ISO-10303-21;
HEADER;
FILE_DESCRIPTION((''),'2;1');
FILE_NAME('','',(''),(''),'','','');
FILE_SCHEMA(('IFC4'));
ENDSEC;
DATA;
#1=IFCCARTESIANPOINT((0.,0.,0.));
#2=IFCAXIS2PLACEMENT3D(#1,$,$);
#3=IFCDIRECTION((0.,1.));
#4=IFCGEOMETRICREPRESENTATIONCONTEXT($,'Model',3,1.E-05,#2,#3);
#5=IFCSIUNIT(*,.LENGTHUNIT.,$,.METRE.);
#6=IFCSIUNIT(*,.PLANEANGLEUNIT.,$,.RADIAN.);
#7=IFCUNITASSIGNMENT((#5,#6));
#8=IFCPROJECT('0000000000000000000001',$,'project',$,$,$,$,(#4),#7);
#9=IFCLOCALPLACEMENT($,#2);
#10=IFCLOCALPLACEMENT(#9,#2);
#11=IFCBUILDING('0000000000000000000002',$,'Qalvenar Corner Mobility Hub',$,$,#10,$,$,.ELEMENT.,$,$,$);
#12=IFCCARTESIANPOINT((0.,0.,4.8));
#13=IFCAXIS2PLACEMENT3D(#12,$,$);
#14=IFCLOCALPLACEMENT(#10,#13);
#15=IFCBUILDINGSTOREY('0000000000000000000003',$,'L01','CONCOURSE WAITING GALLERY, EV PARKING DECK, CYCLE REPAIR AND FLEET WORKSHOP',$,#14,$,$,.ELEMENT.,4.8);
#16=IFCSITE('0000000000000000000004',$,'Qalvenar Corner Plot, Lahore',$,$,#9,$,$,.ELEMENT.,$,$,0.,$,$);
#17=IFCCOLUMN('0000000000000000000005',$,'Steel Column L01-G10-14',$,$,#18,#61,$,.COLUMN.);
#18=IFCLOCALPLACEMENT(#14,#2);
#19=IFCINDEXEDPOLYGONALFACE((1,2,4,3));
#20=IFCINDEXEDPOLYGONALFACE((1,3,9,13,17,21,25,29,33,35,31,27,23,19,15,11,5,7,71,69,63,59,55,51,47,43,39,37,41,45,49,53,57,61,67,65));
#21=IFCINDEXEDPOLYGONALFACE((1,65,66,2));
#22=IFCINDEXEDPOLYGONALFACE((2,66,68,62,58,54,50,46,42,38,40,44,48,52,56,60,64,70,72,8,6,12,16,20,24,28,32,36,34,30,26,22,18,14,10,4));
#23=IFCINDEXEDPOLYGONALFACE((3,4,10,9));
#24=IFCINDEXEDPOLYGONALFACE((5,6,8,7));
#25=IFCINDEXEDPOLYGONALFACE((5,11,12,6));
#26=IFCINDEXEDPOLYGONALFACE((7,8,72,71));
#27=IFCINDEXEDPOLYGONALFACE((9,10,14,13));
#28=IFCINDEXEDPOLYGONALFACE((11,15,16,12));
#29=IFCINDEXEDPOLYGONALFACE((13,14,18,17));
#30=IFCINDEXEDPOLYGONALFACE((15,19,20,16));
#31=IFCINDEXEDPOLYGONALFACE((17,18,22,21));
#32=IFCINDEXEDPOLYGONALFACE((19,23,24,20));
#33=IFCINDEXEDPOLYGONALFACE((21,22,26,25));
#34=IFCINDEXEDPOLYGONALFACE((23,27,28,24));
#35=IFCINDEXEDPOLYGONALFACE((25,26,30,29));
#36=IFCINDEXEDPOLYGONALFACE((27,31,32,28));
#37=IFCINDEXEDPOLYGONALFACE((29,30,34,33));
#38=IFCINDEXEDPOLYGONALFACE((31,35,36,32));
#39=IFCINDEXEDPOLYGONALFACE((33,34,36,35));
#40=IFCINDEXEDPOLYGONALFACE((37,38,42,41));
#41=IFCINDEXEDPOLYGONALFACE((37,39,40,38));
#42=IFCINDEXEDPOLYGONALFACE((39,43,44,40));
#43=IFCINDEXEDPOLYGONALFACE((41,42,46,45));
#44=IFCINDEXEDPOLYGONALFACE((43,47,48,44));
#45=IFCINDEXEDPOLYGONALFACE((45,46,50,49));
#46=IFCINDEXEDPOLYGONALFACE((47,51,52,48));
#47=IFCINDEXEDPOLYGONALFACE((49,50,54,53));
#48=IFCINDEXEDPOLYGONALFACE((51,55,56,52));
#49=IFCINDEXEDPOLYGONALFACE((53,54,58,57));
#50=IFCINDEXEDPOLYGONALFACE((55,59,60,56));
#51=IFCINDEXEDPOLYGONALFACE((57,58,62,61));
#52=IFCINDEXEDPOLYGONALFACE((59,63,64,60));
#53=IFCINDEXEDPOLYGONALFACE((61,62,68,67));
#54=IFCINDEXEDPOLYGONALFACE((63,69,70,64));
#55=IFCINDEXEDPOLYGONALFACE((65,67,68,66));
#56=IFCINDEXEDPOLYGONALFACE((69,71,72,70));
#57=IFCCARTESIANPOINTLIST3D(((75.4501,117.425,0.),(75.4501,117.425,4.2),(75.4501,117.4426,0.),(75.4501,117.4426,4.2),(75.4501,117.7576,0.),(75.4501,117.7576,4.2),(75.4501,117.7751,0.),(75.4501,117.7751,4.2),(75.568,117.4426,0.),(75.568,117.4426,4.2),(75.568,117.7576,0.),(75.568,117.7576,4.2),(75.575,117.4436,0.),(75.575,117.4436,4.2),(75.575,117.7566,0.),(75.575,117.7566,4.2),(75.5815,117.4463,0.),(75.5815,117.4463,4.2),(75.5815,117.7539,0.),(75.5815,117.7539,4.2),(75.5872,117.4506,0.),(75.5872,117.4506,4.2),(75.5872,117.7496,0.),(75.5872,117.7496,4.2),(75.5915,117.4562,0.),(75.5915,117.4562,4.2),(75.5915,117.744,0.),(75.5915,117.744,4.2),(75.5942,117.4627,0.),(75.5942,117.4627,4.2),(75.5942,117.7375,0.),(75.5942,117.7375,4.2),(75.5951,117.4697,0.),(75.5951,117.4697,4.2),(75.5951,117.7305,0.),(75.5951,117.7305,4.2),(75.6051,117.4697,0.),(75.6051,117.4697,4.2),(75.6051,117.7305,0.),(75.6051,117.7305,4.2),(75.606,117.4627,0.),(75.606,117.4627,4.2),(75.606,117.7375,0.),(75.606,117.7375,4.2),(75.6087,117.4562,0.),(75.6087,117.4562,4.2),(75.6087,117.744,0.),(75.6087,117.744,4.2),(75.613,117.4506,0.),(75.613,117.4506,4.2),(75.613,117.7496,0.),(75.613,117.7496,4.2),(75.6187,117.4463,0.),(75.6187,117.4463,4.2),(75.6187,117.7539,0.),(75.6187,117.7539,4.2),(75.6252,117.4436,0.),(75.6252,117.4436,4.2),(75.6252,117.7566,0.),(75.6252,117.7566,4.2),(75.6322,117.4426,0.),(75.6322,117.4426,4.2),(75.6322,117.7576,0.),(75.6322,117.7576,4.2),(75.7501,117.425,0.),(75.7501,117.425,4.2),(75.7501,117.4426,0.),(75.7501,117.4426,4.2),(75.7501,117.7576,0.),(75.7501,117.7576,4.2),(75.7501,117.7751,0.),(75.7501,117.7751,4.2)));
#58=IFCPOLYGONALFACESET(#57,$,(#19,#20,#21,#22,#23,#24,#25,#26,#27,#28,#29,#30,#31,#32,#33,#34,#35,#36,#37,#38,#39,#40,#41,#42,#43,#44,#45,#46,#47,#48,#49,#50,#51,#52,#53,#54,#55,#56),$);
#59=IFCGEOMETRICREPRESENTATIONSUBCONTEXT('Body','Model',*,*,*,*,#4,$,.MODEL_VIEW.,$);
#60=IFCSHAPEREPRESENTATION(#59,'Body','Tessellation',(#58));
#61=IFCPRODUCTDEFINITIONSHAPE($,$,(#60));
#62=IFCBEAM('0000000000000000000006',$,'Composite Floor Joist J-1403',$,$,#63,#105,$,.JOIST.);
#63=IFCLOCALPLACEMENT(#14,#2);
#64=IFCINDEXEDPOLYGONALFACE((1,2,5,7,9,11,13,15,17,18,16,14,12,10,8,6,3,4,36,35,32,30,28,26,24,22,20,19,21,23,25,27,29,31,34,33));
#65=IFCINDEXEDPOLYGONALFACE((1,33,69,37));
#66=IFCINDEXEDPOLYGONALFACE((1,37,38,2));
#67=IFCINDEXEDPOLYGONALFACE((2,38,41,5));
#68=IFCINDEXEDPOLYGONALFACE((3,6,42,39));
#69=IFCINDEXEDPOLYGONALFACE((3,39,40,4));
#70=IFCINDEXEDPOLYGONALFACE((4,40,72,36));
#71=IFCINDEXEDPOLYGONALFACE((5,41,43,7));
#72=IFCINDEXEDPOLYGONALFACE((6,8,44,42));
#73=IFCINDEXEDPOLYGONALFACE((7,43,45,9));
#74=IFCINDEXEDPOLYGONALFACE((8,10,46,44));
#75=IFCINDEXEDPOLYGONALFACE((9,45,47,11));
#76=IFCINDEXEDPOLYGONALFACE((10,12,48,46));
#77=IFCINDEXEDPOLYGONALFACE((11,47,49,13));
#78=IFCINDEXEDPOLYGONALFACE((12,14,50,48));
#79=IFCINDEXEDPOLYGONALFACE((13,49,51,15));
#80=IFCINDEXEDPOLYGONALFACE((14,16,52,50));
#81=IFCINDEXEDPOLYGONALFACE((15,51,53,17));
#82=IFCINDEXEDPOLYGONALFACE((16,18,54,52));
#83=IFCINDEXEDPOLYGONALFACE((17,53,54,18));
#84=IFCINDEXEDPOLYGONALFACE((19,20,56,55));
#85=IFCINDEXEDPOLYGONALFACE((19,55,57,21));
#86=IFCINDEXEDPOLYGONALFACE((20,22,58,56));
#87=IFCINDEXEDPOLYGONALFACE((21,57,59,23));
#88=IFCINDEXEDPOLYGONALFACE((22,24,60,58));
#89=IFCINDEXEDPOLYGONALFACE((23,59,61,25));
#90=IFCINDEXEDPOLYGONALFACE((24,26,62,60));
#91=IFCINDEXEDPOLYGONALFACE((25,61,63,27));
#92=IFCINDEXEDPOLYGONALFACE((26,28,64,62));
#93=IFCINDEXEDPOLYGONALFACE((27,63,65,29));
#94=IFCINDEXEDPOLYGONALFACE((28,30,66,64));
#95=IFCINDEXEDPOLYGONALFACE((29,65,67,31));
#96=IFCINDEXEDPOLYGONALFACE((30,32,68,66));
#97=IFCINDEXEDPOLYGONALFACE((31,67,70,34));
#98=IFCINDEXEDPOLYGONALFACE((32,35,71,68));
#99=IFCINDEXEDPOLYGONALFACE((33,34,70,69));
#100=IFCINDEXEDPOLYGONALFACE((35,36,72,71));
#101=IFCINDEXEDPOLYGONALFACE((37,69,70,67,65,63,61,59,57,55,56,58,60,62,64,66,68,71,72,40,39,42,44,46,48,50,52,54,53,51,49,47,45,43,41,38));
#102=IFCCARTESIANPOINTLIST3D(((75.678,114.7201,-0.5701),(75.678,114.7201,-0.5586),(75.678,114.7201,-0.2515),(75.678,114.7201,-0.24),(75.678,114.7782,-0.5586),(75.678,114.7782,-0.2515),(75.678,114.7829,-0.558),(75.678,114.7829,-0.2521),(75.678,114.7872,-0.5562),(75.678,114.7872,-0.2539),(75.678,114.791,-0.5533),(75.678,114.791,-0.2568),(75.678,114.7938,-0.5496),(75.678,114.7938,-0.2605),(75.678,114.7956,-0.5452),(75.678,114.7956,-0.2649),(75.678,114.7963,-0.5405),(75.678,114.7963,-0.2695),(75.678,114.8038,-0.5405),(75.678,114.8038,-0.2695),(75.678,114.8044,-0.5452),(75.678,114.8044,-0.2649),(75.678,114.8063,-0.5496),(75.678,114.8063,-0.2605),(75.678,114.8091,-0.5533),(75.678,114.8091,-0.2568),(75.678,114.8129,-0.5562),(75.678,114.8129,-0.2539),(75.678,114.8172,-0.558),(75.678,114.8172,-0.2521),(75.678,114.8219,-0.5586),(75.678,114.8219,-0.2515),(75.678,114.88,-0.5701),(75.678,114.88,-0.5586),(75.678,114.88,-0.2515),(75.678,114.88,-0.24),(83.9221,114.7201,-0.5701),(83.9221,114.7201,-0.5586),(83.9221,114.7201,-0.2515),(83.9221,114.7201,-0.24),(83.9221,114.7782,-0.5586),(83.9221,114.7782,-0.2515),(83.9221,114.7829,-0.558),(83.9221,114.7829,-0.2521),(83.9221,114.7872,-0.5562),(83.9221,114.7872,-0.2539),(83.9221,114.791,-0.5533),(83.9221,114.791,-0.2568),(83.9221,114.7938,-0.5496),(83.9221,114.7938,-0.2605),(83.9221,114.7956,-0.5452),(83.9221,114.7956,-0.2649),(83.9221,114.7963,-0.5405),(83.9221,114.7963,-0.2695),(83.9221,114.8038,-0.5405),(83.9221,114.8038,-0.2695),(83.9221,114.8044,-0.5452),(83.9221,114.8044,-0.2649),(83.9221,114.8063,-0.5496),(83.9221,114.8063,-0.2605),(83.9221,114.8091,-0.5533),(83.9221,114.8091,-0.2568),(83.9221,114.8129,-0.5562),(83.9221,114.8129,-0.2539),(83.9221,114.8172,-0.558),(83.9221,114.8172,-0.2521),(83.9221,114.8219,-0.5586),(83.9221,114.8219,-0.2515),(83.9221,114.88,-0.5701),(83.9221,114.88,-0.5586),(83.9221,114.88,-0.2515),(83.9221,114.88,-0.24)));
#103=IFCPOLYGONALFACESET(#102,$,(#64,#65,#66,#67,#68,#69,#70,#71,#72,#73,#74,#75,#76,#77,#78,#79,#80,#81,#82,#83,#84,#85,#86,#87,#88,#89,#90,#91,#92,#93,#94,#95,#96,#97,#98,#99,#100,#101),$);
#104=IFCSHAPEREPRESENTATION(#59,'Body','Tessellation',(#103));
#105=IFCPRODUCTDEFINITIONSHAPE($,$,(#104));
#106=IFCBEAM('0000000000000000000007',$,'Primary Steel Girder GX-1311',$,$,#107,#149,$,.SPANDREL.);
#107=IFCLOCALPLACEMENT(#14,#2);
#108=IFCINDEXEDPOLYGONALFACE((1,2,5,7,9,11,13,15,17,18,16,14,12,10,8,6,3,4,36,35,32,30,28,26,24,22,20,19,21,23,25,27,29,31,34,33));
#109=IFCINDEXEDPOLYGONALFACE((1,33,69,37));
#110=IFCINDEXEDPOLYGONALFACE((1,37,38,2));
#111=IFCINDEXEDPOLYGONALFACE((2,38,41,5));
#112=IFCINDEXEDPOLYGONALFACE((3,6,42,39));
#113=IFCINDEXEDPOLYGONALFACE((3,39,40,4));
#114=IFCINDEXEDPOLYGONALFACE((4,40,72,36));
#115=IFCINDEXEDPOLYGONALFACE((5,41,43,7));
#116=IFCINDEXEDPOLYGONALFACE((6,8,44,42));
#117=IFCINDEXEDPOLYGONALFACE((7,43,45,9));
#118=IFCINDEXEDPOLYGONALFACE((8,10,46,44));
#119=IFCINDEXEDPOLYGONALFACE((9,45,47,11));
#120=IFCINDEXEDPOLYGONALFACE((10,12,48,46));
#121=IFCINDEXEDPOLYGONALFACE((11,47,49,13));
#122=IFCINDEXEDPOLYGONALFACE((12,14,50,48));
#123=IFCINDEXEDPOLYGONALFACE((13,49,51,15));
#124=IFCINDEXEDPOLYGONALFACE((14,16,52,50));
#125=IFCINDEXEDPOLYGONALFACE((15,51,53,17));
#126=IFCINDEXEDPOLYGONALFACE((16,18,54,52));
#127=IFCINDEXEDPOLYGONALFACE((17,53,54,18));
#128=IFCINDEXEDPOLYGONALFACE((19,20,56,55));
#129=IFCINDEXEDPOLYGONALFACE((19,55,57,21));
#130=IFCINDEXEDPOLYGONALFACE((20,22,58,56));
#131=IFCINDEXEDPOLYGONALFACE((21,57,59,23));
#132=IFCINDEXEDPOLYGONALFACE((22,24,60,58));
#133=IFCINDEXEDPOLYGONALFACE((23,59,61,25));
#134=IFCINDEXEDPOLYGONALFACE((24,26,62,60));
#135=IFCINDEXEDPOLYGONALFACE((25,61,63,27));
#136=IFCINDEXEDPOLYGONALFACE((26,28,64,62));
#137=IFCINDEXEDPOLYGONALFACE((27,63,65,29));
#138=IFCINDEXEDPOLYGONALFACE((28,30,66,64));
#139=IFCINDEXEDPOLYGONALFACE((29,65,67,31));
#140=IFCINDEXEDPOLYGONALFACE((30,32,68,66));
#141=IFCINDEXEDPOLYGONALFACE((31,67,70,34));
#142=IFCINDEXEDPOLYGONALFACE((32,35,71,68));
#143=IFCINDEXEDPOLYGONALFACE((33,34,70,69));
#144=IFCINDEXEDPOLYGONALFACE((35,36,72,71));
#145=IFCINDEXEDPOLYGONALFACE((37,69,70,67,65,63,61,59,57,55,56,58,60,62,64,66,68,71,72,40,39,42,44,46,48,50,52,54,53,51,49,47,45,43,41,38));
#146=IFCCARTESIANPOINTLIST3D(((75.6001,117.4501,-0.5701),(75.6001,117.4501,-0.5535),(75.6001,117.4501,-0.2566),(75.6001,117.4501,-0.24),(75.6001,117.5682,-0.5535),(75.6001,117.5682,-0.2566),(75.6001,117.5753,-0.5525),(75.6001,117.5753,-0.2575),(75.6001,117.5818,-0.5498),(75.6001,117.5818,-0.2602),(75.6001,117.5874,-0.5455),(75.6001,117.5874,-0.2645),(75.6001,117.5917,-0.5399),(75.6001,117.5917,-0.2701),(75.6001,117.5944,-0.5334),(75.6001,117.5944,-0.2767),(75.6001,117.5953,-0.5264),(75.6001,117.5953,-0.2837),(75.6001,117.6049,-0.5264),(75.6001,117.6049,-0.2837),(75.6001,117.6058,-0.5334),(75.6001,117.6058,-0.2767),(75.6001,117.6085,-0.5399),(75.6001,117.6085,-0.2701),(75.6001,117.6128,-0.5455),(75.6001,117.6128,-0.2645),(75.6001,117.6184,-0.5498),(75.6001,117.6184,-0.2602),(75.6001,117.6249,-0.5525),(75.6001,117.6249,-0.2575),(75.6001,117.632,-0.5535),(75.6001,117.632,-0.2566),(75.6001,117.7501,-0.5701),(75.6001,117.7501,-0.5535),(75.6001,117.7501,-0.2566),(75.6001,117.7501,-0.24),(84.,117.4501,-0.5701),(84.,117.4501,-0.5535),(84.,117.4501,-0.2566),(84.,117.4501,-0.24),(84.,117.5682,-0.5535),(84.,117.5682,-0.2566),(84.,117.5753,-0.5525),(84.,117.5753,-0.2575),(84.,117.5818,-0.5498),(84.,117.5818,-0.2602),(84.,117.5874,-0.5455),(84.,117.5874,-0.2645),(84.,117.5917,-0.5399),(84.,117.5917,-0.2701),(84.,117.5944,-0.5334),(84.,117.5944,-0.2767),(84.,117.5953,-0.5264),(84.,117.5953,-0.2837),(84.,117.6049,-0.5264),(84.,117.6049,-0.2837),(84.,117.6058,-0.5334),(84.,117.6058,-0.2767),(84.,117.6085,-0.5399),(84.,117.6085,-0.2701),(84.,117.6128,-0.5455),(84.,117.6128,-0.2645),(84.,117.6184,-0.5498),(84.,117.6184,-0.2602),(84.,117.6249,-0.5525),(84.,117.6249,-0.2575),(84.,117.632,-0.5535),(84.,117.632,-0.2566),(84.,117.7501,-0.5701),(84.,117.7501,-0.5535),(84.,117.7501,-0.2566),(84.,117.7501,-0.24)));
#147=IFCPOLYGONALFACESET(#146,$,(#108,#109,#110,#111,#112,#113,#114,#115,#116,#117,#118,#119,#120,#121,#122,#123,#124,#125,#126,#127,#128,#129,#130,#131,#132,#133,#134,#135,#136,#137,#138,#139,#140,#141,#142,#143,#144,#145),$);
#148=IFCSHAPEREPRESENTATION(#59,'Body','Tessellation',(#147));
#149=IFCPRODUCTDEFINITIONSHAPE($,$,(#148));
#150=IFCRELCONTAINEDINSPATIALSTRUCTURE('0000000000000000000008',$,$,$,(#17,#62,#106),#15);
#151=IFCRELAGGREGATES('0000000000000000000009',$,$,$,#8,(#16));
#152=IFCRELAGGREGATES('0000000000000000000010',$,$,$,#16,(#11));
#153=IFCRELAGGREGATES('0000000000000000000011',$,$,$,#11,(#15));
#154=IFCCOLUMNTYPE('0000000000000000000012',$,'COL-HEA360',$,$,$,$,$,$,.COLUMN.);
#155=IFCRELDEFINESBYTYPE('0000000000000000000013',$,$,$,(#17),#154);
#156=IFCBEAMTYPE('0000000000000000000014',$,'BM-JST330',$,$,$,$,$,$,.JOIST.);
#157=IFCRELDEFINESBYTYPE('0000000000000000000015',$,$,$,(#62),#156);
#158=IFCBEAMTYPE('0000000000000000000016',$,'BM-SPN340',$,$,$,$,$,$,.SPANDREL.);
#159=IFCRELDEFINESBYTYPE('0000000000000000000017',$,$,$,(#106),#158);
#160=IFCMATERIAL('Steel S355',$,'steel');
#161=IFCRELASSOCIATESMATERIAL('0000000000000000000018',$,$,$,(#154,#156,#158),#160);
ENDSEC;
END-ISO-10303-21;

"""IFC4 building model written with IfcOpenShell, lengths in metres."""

from ifc_helpers import new_model, si_unit, direction, frame, origin, origin_2d, place, context, subcontext, project, spatial, i_section, extrude, material, material_profile, profile_set, type_object, element, save


model = new_model("IFC4")

# Units and contexts
model_context = context("Model", 3, precision=1e-05, world=origin(), true_north=direction((0.0, 1.0)))
body_context = subcontext(model_context, "Body", "Model", "MODEL_VIEW")
ifc_project = project(units=[si_unit("LENGTHUNIT", "METRE"), si_unit("PLANEANGLEUNIT", "RADIAN")], contexts=[model_context])

# Site, building, storey
site_placement = place(None, origin())
site = spatial("IfcSite", under=ifc_project, at=site_placement, Name="Qalvenar Corner Plot, Lahore", CompositionType="ELEMENT", RefElevation=0.0)
building_placement = place(site_placement, origin())
building = spatial("IfcBuilding", under=site, at=building_placement, Name="Qalvenar Corner Mobility Hub", CompositionType="ELEMENT")
storey_placement = place(building_placement, frame((0.0, 0.0, 4.8)))
storey = spatial("IfcBuildingStorey", under=building, at=storey_placement, Name="L01", Description="CONCOURSE WAITING GALLERY, EV PARKING DECK, CYCLE REPAIR AND FLEET WORKSHOP", CompositionType="ELEMENT", Elevation=4.8)

# Column
ifc_material_1 = material(Name="Steel S355", Category="steel")
ifc_material_profile_1 = material_profile(ifc_material_1, i_section(OverallWidth=0.3, OverallDepth=0.3501, WebThickness=0.01, FlangeThickness=0.0176, FilletRadius=0.0271, at=origin_2d()), Name="HEA360")
ifc_profile_set_1 = profile_set([ifc_material_profile_1], Name="Steel S355")
column_type = type_object("IfcColumnType", Name="COL-HEA360", PredefinedType="COLUMN", material=ifc_profile_set_1)
column_placement = place(storey_placement, frame((75.6001, 117.6001, 0.0), z_axis=(0.0, 0.0, 1.0), x_axis=(1.0, 0.0, 0.0)))
element("IfcColumn", 1, at=column_placement, inside=storey, type_object=column_type, Name="Steel Column L01-G10-14", PredefinedType="COLUMN", context=body_context, shape_type="SweptSolid", body=[
    extrude(i_section(OverallWidth=0.3, OverallDepth=0.3501, WebThickness=0.01, FlangeThickness=0.0176, FilletRadius=0.0271, at=origin_2d()), origin(), (0.0, 0.0, 1.0), 4.2),
])

# Beams
ifc_material_profile_2 = material_profile(ifc_material_1, i_section(OverallWidth=0.1599, OverallDepth=0.3301, WebThickness=0.0076, FlangeThickness=0.0115, FilletRadius=0.0181, at=origin_2d()), Name="IPE330")
ifc_profile_set_2 = profile_set([ifc_material_profile_2], Name="Steel S355")
beam_type_1 = type_object("IfcBeamType", Name="BM-JST330", PredefinedType="JOIST", material=ifc_profile_set_2)
beam_1_placement = place(storey_placement, frame((75.678, 114.8, -0.405), z_axis=(1.0, 0.0, 0.0), x_axis=(0.0, 1.0, 0.0)))
element("IfcBeam", 2, at=beam_1_placement, inside=storey, type_object=beam_type_1, Name="Composite Floor Joist J-1403", PredefinedType="JOIST", context=body_context, shape_type="SweptSolid", body=[
    extrude(i_section(OverallWidth=0.1599, OverallDepth=0.3301, WebThickness=0.0076, FlangeThickness=0.0115, FilletRadius=0.0181, at=origin_2d()), origin(), (0.0, 0.0, 1.0), 8.2441),
])
ifc_material_profile_3 = material_profile(ifc_material_1, i_section(OverallWidth=0.3, OverallDepth=0.3301, WebThickness=0.0095, FlangeThickness=0.0166, FilletRadius=0.0271, at=origin_2d()), Name="HEA340")
ifc_profile_set_3 = profile_set([ifc_material_profile_3], Name="Steel S355")
beam_type_2 = type_object("IfcBeamType", Name="BM-SPN340", PredefinedType="SPANDREL", material=ifc_profile_set_3)
beam_2_placement = place(storey_placement, frame((75.6001, 117.6001, -0.405), z_axis=(1.0, 0.0, 0.0), x_axis=(0.0, 1.0, 0.0)))
element("IfcBeam", 3, at=beam_2_placement, inside=storey, type_object=beam_type_2, Name="Primary Steel Girder GX-1311", PredefinedType="SPANDREL", context=body_context, shape_type="SweptSolid", body=[
    extrude(i_section(OverallWidth=0.3, OverallDepth=0.3301, WebThickness=0.0095, FlangeThickness=0.0166, FilletRadius=0.0271, at=origin_2d()), origin(), (0.0, 0.0, 1.0), 8.3999),
])

save(model, "model.ifc")
